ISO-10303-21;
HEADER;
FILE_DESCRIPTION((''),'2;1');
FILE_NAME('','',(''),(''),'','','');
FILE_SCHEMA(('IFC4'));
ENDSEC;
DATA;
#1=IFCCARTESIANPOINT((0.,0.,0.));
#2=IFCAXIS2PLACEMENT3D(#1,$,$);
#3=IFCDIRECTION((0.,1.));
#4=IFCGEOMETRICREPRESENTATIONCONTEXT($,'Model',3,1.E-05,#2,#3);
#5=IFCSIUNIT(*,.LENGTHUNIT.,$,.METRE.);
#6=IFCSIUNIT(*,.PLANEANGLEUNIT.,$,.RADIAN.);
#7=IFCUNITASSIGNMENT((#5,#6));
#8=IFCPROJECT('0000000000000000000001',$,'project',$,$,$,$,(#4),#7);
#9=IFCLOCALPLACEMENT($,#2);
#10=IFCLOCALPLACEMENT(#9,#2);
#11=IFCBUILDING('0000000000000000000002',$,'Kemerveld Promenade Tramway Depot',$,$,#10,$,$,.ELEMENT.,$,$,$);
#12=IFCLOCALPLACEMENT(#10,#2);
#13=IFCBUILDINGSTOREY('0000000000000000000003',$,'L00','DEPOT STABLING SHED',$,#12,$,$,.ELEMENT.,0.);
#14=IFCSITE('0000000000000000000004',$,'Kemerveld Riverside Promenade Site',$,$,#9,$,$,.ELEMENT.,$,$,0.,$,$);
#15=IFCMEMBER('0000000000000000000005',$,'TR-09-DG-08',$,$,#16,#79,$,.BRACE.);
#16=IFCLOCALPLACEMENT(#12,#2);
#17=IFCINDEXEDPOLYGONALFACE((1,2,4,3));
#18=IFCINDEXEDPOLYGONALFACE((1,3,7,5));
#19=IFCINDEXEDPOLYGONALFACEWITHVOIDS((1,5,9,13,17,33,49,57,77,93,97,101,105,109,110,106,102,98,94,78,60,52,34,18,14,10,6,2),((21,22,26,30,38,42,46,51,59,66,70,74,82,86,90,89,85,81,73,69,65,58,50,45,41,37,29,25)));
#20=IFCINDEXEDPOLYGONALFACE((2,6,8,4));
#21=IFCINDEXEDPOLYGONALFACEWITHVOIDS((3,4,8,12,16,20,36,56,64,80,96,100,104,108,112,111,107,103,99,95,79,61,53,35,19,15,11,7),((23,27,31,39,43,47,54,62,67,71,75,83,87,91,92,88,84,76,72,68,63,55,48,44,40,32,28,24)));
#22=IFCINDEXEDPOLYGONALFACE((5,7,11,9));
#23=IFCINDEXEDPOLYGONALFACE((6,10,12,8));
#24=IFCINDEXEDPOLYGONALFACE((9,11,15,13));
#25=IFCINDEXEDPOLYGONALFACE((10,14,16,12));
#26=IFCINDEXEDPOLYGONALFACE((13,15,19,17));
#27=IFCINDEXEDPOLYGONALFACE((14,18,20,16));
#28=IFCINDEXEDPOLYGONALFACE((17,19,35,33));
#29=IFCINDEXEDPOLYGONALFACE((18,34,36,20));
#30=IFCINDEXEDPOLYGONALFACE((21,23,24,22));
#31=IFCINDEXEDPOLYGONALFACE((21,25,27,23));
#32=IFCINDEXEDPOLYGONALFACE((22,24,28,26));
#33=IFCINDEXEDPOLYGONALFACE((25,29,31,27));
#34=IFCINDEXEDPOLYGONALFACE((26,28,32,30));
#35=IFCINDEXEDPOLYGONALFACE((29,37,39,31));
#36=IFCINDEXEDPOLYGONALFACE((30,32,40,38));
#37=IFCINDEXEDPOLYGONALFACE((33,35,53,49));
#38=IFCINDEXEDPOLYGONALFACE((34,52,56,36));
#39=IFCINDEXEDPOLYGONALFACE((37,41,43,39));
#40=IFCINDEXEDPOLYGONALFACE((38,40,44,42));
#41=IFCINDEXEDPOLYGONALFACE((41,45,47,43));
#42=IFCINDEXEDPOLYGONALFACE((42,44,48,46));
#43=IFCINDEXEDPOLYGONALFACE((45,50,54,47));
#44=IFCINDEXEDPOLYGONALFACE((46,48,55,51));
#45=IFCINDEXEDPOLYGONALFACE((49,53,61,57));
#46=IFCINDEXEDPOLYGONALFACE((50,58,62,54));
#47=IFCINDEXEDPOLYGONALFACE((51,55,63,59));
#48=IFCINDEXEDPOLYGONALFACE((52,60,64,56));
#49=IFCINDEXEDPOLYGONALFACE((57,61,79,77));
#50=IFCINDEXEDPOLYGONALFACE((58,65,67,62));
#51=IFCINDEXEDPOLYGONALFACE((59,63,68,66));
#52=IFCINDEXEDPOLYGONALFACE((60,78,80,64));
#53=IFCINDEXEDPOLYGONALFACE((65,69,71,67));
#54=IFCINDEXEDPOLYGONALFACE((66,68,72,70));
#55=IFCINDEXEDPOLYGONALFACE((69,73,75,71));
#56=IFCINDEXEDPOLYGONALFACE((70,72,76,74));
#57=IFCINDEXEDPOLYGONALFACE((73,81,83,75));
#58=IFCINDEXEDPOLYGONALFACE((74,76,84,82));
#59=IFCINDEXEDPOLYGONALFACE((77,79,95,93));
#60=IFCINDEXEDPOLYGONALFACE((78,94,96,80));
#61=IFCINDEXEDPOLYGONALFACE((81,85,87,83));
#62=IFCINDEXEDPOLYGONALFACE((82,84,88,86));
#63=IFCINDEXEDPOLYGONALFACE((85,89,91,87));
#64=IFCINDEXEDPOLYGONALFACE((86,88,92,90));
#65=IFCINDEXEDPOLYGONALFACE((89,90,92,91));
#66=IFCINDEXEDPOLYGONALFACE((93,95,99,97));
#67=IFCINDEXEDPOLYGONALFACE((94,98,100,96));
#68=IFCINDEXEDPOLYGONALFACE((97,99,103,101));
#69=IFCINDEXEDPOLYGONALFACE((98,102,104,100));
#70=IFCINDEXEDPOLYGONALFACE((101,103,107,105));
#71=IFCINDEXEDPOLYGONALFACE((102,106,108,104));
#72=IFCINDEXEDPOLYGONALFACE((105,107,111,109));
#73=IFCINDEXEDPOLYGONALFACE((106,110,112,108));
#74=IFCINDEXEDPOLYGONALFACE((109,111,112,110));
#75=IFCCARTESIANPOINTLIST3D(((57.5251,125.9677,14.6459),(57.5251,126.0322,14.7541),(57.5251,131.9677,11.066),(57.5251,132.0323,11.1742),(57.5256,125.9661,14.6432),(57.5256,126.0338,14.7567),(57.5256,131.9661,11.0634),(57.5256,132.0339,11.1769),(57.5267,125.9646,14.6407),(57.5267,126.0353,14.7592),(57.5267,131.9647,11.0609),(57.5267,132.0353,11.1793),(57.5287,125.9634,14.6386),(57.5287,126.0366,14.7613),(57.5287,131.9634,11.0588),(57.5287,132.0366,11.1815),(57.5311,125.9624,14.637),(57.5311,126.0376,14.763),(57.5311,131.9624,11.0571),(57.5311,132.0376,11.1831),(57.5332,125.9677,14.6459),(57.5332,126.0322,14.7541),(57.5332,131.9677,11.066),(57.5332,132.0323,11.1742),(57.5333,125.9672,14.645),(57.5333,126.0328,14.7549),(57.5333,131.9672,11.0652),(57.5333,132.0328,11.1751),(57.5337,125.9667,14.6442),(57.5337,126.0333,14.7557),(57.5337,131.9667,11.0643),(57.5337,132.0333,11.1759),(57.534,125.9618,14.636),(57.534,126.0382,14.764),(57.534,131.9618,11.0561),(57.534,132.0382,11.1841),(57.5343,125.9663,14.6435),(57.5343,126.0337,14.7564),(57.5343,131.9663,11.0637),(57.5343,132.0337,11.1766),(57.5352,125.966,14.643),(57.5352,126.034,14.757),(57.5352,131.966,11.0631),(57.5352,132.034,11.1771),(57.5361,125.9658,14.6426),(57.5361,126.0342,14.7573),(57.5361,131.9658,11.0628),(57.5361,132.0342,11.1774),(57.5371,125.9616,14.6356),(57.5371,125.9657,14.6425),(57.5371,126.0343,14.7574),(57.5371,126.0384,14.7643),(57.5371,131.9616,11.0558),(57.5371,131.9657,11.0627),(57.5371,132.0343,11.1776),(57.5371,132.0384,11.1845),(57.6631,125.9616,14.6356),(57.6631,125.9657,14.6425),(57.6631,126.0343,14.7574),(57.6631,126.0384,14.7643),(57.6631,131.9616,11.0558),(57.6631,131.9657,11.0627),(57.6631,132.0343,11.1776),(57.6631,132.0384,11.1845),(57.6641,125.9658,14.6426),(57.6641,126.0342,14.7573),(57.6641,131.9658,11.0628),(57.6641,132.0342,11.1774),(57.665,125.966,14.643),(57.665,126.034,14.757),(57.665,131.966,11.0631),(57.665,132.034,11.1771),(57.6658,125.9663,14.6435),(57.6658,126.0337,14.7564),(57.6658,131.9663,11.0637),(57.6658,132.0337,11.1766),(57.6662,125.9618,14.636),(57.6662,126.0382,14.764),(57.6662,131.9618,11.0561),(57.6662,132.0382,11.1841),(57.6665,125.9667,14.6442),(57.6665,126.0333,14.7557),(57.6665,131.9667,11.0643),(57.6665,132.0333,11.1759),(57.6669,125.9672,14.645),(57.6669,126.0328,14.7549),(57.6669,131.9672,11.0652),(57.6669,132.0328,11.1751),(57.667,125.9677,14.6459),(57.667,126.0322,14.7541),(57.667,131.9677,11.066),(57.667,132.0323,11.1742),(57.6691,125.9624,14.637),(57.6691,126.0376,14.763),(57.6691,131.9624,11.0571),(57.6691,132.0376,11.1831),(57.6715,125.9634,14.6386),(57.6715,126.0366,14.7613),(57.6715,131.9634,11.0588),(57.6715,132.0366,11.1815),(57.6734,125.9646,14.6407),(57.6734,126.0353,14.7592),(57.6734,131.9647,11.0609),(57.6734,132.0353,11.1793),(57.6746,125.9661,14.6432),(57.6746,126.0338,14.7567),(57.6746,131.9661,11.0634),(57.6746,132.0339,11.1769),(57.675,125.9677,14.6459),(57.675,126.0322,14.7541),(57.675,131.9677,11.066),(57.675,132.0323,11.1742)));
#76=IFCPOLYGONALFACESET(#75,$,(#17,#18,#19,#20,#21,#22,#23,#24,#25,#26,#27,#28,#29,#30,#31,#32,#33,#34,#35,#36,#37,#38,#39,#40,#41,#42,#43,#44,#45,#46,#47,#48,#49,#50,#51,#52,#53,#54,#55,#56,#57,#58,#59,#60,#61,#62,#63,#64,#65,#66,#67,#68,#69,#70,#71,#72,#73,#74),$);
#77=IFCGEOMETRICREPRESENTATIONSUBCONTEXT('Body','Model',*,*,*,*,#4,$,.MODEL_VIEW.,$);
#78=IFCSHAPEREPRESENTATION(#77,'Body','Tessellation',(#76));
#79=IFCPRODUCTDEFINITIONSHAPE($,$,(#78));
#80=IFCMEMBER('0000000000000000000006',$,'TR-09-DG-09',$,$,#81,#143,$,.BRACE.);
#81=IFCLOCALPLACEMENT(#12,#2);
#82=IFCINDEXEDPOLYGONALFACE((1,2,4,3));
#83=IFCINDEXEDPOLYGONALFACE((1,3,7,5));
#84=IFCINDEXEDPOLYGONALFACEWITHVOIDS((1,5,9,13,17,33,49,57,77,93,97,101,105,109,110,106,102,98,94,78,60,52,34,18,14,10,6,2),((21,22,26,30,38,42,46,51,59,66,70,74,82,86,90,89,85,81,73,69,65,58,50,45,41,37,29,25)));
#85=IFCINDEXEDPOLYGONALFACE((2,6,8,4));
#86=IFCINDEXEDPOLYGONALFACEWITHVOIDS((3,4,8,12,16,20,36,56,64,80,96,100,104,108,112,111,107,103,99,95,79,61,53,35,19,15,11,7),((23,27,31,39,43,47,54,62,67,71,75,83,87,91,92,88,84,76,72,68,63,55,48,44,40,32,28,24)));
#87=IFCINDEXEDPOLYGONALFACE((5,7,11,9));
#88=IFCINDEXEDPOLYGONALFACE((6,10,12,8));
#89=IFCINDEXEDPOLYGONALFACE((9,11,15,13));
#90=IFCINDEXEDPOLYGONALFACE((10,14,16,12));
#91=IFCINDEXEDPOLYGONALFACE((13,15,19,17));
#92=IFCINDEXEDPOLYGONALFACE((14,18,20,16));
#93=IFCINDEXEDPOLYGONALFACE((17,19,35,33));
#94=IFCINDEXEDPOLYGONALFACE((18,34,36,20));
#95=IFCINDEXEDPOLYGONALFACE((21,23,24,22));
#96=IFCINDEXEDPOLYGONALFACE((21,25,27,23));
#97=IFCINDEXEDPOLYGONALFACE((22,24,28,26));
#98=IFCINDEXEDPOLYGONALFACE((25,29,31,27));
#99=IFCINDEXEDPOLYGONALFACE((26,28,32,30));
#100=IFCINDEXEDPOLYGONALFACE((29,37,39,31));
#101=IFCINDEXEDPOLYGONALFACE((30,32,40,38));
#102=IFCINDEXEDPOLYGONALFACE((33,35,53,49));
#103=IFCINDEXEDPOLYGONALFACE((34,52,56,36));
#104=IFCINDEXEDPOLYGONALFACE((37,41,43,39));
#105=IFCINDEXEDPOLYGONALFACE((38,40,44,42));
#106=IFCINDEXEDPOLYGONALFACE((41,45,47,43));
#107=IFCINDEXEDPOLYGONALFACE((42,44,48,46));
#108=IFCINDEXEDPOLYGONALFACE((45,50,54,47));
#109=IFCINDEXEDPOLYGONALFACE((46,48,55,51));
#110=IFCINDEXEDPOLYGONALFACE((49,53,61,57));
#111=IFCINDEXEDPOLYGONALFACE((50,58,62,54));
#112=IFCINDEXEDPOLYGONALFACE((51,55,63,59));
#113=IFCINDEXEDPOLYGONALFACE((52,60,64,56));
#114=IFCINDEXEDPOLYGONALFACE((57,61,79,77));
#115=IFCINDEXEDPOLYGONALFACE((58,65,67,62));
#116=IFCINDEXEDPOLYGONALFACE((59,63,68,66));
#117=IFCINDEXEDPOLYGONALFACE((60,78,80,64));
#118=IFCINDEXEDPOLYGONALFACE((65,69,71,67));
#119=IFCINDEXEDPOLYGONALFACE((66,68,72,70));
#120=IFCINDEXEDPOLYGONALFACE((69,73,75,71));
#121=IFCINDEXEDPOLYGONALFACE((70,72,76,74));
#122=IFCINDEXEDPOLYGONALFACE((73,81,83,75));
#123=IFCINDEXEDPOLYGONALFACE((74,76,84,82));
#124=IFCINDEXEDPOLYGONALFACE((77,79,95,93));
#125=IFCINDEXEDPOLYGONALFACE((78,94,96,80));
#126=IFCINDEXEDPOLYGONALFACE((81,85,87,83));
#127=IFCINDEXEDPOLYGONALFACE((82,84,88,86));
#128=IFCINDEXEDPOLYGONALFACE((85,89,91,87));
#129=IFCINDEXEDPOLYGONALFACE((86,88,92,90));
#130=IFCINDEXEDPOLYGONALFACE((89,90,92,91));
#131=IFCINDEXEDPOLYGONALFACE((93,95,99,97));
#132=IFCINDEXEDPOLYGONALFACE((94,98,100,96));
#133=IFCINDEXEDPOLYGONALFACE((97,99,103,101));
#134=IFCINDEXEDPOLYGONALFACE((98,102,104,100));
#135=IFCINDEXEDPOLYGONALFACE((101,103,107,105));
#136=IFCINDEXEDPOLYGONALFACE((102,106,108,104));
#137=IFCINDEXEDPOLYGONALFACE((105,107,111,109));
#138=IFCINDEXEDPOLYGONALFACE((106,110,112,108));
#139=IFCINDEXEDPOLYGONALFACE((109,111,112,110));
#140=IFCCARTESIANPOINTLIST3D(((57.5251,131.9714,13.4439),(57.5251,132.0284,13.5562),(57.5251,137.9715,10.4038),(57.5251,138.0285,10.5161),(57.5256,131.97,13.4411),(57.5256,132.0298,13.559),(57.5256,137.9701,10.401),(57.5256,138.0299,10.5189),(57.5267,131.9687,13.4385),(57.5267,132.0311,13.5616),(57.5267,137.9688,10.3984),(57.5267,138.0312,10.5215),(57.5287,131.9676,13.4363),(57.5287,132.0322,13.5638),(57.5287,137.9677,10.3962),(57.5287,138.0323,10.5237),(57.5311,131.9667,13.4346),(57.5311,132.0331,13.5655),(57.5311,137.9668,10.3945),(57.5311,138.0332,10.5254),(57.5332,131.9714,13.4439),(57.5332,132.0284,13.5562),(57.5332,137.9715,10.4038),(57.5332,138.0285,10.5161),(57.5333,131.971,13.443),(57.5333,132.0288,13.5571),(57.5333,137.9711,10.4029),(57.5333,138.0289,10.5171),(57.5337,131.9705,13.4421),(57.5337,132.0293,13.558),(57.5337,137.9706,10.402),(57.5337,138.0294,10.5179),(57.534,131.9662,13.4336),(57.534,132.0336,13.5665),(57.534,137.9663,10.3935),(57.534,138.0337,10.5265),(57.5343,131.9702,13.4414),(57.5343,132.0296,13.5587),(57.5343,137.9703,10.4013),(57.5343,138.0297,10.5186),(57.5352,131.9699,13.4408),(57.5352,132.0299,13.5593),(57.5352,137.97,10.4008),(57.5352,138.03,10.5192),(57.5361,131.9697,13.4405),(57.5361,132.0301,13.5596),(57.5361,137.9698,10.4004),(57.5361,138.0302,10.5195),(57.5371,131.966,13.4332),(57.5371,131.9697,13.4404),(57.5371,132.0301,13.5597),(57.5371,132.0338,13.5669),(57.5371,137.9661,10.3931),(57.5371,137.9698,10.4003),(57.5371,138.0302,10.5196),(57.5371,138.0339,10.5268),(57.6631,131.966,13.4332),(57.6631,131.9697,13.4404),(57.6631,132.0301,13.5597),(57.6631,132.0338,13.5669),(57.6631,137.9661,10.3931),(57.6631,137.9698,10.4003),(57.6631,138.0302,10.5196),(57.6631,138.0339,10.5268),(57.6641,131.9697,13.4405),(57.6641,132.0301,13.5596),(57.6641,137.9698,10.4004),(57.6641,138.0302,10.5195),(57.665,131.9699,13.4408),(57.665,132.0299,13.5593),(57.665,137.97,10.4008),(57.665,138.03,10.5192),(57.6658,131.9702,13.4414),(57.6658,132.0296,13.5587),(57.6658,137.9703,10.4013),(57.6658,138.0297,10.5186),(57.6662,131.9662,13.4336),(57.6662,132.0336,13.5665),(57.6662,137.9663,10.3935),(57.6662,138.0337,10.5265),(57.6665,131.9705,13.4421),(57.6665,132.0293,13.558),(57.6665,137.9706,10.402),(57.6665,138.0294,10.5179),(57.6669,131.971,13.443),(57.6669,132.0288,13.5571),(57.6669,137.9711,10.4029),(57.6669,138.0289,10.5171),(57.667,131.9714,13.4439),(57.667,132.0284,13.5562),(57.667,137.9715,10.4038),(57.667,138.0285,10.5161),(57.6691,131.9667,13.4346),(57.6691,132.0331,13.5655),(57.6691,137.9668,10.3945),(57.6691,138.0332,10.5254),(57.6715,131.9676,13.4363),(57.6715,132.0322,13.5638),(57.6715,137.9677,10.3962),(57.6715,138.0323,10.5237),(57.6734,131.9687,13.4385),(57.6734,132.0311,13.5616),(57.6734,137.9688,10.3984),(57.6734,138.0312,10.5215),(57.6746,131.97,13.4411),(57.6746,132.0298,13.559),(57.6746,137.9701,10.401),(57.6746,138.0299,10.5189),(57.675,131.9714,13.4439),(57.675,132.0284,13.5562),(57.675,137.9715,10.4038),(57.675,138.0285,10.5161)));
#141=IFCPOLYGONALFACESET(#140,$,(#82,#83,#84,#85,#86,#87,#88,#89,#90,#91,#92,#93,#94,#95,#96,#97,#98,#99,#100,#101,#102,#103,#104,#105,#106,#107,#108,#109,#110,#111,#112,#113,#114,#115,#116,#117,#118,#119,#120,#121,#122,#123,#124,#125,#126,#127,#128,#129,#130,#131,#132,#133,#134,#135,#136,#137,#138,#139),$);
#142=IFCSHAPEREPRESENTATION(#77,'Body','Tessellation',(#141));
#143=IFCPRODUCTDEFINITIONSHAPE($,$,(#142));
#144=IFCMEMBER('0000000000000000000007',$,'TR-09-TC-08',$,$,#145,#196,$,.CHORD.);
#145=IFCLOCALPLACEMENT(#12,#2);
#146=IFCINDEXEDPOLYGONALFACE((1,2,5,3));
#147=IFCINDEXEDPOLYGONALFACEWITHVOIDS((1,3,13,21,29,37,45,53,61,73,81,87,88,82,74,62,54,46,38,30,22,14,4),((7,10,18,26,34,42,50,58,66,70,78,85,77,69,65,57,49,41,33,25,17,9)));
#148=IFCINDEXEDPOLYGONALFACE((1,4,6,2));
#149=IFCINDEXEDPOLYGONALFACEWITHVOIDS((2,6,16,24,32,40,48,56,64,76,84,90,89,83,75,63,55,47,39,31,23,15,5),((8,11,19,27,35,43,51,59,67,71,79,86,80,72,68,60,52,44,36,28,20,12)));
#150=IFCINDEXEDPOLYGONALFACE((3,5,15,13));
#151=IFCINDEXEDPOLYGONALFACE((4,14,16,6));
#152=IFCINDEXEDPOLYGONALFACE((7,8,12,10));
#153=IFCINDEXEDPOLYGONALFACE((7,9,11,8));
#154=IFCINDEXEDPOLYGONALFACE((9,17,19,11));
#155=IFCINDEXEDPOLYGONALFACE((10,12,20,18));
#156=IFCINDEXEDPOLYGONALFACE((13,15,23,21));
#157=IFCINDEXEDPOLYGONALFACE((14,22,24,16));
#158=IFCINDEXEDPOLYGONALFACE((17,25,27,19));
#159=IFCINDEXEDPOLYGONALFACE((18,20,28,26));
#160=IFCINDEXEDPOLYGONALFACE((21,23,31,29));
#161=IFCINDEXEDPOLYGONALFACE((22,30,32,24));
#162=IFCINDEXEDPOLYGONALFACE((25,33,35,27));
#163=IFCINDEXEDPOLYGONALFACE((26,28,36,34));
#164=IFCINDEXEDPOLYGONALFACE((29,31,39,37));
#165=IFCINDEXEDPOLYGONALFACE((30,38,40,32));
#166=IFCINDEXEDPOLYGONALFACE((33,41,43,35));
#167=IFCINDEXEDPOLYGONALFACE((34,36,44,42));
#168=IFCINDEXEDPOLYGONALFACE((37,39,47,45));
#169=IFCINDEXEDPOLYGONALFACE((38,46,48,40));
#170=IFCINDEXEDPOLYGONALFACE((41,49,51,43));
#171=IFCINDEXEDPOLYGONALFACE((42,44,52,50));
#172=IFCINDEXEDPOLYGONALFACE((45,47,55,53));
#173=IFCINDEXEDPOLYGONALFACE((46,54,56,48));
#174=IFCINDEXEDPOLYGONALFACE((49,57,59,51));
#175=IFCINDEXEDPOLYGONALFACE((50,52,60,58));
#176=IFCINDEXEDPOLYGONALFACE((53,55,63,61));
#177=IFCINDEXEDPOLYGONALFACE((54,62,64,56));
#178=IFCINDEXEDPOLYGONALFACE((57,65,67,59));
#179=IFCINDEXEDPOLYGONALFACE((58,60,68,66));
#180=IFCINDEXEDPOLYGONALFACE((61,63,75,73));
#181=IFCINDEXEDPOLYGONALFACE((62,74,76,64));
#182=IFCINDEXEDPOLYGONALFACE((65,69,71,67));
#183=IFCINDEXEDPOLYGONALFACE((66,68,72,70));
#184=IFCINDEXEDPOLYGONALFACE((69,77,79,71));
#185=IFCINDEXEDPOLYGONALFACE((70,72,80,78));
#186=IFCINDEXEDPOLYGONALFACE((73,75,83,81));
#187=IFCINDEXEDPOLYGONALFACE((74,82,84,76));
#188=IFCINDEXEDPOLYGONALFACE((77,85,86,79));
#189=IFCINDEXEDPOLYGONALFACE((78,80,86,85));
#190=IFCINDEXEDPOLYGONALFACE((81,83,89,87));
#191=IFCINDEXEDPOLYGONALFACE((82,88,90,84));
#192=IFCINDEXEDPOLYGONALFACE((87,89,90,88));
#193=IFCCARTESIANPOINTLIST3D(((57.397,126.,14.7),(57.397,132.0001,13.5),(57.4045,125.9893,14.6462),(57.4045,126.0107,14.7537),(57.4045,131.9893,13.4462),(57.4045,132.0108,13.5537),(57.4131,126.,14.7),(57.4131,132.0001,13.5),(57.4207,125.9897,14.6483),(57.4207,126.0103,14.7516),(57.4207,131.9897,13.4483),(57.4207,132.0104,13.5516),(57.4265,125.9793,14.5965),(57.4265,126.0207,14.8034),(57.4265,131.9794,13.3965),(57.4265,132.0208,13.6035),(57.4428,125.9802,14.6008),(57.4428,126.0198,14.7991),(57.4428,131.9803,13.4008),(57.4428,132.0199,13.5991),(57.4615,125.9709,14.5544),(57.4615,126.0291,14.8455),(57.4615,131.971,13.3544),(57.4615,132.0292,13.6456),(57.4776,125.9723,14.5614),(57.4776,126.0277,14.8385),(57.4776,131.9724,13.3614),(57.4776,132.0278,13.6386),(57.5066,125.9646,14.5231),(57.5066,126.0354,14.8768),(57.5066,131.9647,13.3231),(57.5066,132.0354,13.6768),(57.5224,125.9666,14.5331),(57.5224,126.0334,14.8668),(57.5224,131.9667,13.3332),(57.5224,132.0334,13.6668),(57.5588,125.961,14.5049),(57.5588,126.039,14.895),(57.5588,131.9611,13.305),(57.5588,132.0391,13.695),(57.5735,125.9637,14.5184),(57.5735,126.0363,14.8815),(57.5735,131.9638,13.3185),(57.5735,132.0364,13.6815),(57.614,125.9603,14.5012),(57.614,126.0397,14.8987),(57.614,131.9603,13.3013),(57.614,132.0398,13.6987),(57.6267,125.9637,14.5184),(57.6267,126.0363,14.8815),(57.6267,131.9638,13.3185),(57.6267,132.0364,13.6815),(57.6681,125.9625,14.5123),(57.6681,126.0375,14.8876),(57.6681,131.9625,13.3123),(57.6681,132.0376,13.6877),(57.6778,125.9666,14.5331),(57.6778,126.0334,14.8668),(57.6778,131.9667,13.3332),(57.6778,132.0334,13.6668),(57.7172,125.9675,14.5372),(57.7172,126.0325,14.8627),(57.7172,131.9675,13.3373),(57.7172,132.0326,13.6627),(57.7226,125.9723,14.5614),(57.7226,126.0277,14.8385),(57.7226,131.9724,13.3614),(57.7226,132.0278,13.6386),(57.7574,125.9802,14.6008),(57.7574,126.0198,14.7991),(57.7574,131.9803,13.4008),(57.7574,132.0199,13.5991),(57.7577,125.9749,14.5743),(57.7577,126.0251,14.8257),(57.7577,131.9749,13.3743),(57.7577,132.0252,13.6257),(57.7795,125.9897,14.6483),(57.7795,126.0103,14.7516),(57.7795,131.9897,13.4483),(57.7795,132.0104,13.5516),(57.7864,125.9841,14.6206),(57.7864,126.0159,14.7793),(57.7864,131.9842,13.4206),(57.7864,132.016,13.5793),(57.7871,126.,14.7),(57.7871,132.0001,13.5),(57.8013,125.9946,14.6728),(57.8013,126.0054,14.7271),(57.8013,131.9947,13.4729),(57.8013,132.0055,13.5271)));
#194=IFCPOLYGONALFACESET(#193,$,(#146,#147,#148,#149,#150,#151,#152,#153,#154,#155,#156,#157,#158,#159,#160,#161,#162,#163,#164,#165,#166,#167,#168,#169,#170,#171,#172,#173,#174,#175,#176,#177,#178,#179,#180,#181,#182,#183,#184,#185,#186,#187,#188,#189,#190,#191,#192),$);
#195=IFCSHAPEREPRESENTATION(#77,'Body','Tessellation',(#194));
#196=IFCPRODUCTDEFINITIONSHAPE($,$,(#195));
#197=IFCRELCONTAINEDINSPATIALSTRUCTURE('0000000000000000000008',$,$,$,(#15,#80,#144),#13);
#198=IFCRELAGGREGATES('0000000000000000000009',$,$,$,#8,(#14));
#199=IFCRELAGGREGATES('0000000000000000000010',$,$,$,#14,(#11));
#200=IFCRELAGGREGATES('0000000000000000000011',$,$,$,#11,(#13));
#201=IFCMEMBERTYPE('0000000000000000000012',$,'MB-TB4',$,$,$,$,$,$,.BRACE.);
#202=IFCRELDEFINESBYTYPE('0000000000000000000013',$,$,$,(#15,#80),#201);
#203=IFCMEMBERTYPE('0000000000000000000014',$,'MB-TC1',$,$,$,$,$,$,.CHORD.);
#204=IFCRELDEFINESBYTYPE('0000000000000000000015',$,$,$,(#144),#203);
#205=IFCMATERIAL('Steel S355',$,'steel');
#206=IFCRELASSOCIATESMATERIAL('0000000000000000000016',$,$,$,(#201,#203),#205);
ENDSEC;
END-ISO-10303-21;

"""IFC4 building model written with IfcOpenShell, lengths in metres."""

from ifc_helpers import new_model, si_unit, direction, frame, origin, origin_2d, place, context, subcontext, project, spatial, hollow_rectangle, hollow_circle, extrude, material, material_profile, profile_set, type_object, element, save


model = new_model("IFC4")

# Units and contexts
model_context = context("Model", 3, precision=1e-05, world=origin(), true_north=direction((0.0, 1.0)))
body_context = subcontext(model_context, "Body", "Model", "MODEL_VIEW")
ifc_project = project(units=[si_unit("LENGTHUNIT", "METRE"), si_unit("PLANEANGLEUNIT", "RADIAN")], contexts=[model_context])

# Site, building, storey
site_placement = place(None, origin())
site = spatial("IfcSite", under=ifc_project, at=site_placement, Name="Kemerveld Riverside Promenade Site", CompositionType="ELEMENT", RefElevation=0.0)
building_placement = place(site_placement, origin())
building = spatial("IfcBuilding", under=site, at=building_placement, Name="Kemerveld Promenade Tramway Depot", CompositionType="ELEMENT")
storey_placement = place(building_placement, origin())
storey = spatial("IfcBuildingStorey", under=building, at=storey_placement, Name="L00", Description="DEPOT STABLING SHED", CompositionType="ELEMENT", Elevation=0.0)

# Members
ifc_material_1 = material(Name="Steel S355", Category="steel")
ifc_material_profile_1 = material_profile(ifc_material_1, hollow_rectangle(XDim=0.1499, YDim=0.1499, WallThickness=0.0081, InnerFilletRadius=0.0039, OuterFilletRadius=0.012, at=origin_2d()), Name="150x150x8.0 SHS")
ifc_profile_set_1 = profile_set([ifc_material_profile_1], Name="Steel S355")
member_type_1 = type_object("IfcMemberType", Name="MB-TB4", PredefinedType="BRACE", material=ifc_profile_set_1)
member_1_placement = place(storey_placement, frame((57.6001, 132.0, 11.1201), z_axis=(0.0, -0.858764, 0.512372), x_axis=(1.0, 0.0, 0.0)))
element("IfcMember", 1, at=member_1_placement, inside=storey, type_object=member_type_1, Name="TR-09-DG-08", PredefinedType="BRACE", context=body_context, shape_type="SweptSolid", body=[
    extrude(hollow_rectangle(XDim=0.1499, YDim=0.1499, WallThickness=0.0081, InnerFilletRadius=0.0039, OuterFilletRadius=0.012, at=origin_2d()), origin(), (0.0, 0.0, 1.0), 6.9868),
])
member_2_placement = place(storey_placement, frame((57.6001, 138.0, 10.46), z_axis=(0.0, -0.892033, 0.451969), x_axis=(1.0, 0.0, 0.0)))
element("IfcMember", 2, at=member_2_placement, inside=storey, type_object=member_type_1, Name="TR-09-DG-09", PredefinedType="BRACE", context=body_context, shape_type="SweptSolid", body=[
    extrude(hollow_rectangle(XDim=0.1499, YDim=0.1499, WallThickness=0.0081, InnerFilletRadius=0.0039, OuterFilletRadius=0.012, at=origin_2d()), origin(), (0.0, 0.0, 1.0), 6.7263),
])
ifc_material_profile_2 = material_profile(ifc_material_1, hollow_circle(Radius=0.2031, WallThickness=0.0161, at=origin_2d()), Name="406.4x16.0 CHS")
ifc_profile_set_2 = profile_set([ifc_material_profile_2], Name="Steel S355")
member_type_2 = type_object("IfcMemberType", Name="MB-TC1", PredefinedType="CHORD", material=ifc_profile_set_2)
for number, where, z_axis, x_axis, name in (
    (3, (57.6001, 126.0, 14.7), (0.0, 0.980582, -0.196108), (-1.0, 0.0, 0.0), "TR-09-TC-08"),
):
    element("IfcMember", number, at=place(storey_placement, frame(where, z_axis=z_axis, x_axis=x_axis)), inside=storey, type_object=member_type_2, Name=name, PredefinedType="CHORD", context=body_context, shape_type="SweptSolid", body=[
        extrude(hollow_circle(Radius=0.2031, WallThickness=0.0161, at=origin_2d()), origin(), (0.0, 0.0, 1.0), 6.1189),
    ])

save(model, "model.ifc")
